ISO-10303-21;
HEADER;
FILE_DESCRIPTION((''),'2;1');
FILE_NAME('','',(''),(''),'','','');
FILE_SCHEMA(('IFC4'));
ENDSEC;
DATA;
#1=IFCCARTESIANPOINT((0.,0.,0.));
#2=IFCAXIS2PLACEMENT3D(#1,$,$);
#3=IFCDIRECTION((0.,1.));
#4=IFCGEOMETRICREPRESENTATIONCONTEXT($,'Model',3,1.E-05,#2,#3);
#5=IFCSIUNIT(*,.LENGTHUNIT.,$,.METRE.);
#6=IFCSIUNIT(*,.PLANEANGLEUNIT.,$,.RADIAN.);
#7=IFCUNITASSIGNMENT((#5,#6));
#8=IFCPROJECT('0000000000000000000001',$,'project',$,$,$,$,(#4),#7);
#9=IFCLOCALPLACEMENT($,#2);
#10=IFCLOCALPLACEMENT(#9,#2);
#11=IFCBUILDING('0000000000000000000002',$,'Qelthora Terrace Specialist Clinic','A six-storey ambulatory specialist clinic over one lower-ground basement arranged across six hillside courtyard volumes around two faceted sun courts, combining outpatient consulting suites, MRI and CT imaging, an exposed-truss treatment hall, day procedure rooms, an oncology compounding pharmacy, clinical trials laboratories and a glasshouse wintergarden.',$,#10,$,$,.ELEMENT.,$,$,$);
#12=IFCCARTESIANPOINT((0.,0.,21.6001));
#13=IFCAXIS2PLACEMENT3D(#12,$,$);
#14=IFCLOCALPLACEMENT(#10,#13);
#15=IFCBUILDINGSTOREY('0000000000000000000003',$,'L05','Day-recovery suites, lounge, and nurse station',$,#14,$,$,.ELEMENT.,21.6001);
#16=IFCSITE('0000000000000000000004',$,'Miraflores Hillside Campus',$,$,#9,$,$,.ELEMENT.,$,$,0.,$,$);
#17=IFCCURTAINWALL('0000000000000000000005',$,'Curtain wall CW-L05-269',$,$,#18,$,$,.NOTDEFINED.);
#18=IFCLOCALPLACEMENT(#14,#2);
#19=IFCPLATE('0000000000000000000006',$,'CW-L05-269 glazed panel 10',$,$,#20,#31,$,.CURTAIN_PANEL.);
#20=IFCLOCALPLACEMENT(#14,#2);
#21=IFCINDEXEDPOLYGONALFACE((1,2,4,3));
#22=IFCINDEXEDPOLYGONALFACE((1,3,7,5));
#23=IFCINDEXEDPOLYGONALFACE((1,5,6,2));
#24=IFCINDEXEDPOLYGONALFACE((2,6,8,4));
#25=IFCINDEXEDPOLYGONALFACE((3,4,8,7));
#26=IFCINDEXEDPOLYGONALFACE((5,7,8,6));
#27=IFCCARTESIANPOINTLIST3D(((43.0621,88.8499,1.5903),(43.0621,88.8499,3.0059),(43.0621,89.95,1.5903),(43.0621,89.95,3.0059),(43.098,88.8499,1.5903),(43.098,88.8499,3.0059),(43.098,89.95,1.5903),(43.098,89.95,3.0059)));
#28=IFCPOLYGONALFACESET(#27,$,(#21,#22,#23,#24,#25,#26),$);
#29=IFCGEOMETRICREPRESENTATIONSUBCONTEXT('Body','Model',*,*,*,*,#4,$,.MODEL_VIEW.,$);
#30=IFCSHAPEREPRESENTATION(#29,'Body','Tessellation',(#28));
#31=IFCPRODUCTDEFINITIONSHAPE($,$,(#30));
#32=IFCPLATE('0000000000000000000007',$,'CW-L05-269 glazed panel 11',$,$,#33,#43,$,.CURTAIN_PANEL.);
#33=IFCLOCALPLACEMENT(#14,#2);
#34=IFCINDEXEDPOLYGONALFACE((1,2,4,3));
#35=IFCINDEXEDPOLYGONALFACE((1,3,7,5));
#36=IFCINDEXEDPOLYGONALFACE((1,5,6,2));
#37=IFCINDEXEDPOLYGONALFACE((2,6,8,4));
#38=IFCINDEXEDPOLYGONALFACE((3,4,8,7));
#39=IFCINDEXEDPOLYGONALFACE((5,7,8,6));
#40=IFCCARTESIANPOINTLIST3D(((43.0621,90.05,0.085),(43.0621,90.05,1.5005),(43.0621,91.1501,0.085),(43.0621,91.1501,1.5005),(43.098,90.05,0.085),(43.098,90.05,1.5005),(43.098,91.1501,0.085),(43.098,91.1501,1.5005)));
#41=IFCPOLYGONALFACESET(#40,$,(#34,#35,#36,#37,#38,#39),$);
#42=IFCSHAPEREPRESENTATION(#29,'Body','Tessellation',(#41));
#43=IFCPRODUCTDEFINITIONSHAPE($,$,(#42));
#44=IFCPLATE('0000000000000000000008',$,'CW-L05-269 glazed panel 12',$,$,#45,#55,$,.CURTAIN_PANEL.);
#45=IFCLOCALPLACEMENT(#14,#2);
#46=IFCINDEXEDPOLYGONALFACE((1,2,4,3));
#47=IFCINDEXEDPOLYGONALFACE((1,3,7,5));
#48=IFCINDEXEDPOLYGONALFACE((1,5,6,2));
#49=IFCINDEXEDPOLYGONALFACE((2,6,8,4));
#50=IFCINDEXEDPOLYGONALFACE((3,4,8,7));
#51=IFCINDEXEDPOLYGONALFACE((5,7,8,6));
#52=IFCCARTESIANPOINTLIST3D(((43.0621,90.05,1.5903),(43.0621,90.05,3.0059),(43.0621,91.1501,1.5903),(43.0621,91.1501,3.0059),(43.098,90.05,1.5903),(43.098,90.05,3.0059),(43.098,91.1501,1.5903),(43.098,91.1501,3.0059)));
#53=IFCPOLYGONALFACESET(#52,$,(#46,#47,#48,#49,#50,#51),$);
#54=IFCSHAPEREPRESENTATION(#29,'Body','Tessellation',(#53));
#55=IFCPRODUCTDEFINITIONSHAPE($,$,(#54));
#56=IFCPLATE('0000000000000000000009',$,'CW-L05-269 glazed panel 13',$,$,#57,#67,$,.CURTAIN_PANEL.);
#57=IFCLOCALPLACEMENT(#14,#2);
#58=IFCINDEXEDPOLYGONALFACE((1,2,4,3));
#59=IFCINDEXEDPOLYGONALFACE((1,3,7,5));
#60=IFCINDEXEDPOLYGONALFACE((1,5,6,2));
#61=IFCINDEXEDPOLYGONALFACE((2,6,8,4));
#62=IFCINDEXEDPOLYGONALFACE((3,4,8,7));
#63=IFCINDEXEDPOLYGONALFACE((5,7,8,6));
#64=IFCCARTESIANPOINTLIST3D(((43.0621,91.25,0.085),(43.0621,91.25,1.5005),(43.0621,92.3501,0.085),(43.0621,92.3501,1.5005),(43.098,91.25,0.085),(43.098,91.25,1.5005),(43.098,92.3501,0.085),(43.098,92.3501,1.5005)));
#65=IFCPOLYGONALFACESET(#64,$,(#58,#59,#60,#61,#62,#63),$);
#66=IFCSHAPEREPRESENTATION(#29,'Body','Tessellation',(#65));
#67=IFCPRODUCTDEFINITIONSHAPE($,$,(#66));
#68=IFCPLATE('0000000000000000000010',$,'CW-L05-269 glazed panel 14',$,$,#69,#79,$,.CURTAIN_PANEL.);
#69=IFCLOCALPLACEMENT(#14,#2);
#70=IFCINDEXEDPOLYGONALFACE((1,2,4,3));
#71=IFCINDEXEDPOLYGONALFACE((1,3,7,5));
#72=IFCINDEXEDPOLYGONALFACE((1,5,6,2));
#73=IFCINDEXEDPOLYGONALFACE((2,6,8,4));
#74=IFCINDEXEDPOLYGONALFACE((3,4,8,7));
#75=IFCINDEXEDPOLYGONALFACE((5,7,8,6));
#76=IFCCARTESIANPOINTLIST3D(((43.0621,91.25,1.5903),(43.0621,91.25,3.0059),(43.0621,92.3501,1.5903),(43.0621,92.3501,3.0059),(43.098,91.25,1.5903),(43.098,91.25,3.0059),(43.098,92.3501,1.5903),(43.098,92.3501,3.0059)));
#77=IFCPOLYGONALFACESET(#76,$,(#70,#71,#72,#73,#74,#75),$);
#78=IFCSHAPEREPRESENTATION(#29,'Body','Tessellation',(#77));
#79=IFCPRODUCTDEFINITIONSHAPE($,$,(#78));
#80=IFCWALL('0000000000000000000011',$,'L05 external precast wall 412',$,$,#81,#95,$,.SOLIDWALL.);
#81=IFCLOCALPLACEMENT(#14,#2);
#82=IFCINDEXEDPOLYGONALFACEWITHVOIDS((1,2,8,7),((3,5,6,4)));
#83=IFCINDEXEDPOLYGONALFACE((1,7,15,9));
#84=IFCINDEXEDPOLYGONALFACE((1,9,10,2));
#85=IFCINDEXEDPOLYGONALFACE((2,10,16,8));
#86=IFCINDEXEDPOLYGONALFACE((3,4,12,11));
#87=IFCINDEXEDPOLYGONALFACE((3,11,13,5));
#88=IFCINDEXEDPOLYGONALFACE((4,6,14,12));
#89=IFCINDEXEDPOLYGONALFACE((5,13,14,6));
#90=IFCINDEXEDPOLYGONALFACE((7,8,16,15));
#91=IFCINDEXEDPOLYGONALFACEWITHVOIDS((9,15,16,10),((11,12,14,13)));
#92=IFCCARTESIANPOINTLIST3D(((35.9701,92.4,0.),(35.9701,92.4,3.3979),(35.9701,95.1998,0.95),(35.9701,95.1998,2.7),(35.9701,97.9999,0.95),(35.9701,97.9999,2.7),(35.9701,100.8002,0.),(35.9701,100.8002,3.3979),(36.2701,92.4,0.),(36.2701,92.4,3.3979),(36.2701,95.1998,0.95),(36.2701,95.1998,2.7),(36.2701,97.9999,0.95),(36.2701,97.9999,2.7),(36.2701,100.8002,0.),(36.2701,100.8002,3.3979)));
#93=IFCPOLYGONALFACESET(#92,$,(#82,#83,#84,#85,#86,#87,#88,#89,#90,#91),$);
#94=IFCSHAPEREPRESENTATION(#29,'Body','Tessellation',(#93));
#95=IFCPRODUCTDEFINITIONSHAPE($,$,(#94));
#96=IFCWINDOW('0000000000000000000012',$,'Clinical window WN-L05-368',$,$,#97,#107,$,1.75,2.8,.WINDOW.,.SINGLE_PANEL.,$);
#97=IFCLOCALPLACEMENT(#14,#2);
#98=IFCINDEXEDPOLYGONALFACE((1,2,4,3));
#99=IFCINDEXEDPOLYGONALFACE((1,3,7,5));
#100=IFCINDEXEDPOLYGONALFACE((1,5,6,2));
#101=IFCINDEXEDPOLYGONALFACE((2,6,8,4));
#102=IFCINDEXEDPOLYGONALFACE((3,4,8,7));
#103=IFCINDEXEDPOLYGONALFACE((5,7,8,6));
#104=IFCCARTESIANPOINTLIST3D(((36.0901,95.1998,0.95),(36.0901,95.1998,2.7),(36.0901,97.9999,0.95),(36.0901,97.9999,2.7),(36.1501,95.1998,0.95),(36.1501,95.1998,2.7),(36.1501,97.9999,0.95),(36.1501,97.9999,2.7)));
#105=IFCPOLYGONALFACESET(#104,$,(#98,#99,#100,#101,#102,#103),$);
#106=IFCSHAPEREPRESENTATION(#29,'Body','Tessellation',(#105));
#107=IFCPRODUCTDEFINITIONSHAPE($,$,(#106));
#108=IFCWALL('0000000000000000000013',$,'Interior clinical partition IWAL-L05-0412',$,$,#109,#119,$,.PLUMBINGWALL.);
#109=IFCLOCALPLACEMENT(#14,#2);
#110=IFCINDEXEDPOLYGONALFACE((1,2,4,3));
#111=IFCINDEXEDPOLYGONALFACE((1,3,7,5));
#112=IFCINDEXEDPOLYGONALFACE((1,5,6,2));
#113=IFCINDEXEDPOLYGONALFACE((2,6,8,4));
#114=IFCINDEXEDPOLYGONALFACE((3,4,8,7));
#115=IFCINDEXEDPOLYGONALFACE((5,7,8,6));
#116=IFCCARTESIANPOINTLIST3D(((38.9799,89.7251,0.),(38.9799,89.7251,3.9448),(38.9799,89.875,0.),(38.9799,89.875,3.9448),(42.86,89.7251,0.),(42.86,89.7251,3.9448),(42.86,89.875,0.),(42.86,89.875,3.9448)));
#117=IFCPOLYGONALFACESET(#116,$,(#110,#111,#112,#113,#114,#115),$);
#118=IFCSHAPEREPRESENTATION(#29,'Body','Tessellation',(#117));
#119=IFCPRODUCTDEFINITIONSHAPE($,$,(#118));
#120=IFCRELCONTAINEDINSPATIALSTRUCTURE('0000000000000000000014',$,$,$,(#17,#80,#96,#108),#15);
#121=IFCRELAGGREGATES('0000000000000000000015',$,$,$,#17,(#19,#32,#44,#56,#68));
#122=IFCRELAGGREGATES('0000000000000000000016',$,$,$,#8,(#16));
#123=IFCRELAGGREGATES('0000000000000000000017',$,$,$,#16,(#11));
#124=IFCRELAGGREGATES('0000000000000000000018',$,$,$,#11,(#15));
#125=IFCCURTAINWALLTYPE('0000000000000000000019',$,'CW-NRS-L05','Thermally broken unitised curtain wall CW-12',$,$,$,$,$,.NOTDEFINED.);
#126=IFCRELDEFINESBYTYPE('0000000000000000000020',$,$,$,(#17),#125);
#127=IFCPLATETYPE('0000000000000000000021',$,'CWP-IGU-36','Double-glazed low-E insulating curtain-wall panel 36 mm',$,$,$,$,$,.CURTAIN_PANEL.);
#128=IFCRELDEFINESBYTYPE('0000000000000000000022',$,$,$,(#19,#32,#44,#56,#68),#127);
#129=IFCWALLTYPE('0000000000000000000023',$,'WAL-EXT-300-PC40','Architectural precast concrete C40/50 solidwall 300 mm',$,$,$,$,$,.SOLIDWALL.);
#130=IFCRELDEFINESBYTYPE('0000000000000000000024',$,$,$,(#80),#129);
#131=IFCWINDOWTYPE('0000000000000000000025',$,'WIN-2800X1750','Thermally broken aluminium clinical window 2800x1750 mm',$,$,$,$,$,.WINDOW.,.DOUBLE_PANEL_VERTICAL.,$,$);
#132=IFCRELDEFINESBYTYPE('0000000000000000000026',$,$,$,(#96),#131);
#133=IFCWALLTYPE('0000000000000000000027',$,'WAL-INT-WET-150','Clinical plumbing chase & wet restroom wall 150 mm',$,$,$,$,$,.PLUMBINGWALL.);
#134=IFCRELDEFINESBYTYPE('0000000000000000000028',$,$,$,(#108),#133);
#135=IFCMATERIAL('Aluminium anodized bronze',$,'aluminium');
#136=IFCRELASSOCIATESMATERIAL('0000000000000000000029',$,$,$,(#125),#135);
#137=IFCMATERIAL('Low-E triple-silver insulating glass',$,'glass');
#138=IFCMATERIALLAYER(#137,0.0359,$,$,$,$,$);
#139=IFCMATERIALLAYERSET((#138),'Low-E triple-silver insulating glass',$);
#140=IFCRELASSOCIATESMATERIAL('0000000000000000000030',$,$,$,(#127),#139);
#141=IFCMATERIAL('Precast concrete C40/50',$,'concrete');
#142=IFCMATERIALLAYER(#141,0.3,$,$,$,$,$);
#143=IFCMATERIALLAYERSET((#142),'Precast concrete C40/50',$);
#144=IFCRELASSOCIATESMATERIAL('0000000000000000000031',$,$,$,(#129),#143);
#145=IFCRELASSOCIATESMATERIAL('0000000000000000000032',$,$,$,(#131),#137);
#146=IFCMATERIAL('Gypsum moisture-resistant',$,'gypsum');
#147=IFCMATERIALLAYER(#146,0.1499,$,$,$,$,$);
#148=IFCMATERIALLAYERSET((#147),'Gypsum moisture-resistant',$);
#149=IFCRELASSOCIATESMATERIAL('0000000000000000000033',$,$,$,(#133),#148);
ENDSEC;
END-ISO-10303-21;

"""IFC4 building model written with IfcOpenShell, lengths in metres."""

from ifc_helpers import new_model, si_unit, direction, frame, frame_2d, origin, origin_2d, place, context, subcontext, project, spatial, rectangle, extrude, material, layer, layer_set, type_object, element, fill, aggregate, save


model = new_model("IFC4")

# Units and contexts
model_context = context("Model", 3, precision=1e-05, world=origin(), true_north=direction((0.0, 1.0)))
body_context = subcontext(model_context, "Body", "Model", "MODEL_VIEW")
ifc_project = project(units=[si_unit("LENGTHUNIT", "METRE"), si_unit("PLANEANGLEUNIT", "RADIAN")], contexts=[model_context])

# Site, building, storey
site_placement = place(None, origin())
site = spatial("IfcSite", under=ifc_project, at=site_placement, Name="Miraflores Hillside Campus", CompositionType="ELEMENT", RefElevation=0.0)
building_placement = place(site_placement, origin())
building = spatial("IfcBuilding", under=site, at=building_placement, Name="Qelthora Terrace Specialist Clinic", Description="A six-storey ambulatory specialist clinic over one lower-ground basement arranged across six hillside courtyard volumes around two faceted sun courts, combining outpatient consulting suites, MRI and CT imaging, an exposed-truss treatment hall, day procedure rooms, an oncology compounding pharmacy, clinical trials laboratories and a glasshouse wintergarden.", CompositionType="ELEMENT")
storey_placement = place(building_placement, frame((0.0, 0.0, 21.6001)))
storey = spatial("IfcBuildingStorey", under=building, at=storey_placement, Name="L05", Description="Day-recovery suites, lounge, and nurse station", CompositionType="ELEMENT", Elevation=21.6001)

# Curtain wall
ifc_material_1 = material(Name="Aluminium anodized bronze", Category="aluminium")
curtain_wall_type = type_object("IfcCurtainWallType", Name="CW-NRS-L05", Description="Thermally broken unitised curtain wall CW-12", PredefinedType="NOTDEFINED", material=ifc_material_1)
curtain_wall_1_placement = place(storey_placement, origin())
curtain_wall_1 = element("IfcCurtainWall", 1, at=curtain_wall_1_placement, inside=storey, type_object=curtain_wall_type, Name="Curtain wall CW-L05-269", PredefinedType="NOTDEFINED")

# Plates
ifc_material_2 = material(Name="Low-E triple-silver insulating glass", Category="glass")
ifc_layer_1 = layer(ifc_material_2, 0.0359)
ifc_layer_set_1 = layer_set([ifc_layer_1], Name="Low-E triple-silver insulating glass")
plate_type = type_object("IfcPlateType", Name="CWP-IGU-36", Description="Double-glazed low-E insulating curtain-wall panel 36 mm", PredefinedType="CURTAIN_PANEL", material=ifc_layer_set_1)
plate_1_placement = place(storey_placement, frame((43.0801, 89.3999, 1.5903), z_axis=(0.0, 0.0, 1.0), x_axis=(0.0, 1.0, 0.0)))
plate_1 = element("IfcPlate", 2, at=plate_1_placement, type_object=plate_type, Name="CW-L05-269 glazed panel 10", PredefinedType="CURTAIN_PANEL", context=body_context, shape_type="SweptSolid", body=[
    extrude(rectangle(XDim=1.1001, YDim=0.0359, at=origin_2d()), origin(), (0.0, 0.0, 1.0), 1.4155),
])
plate_2_placement = place(storey_placement, frame((43.0801, 90.6001, 0.085), z_axis=(0.0, 0.0, 1.0), x_axis=(0.0, 1.0, 0.0)))
plate_2 = element("IfcPlate", 3, at=plate_2_placement, type_object=plate_type, Name="CW-L05-269 glazed panel 11", PredefinedType="CURTAIN_PANEL", context=body_context, shape_type="SweptSolid", body=[
    extrude(rectangle(XDim=1.1001, YDim=0.0359, at=origin_2d()), origin(), (0.0, 0.0, 1.0), 1.4155),
])
plate_3_placement = place(storey_placement, frame((43.0801, 90.6001, 1.5903), z_axis=(0.0, 0.0, 1.0), x_axis=(0.0, 1.0, 0.0)))
plate_3 = element("IfcPlate", 4, at=plate_3_placement, type_object=plate_type, Name="CW-L05-269 glazed panel 12", PredefinedType="CURTAIN_PANEL", context=body_context, shape_type="SweptSolid", body=[
    extrude(rectangle(XDim=1.1001, YDim=0.0359, at=origin_2d()), origin(), (0.0, 0.0, 1.0), 1.4155),
])
plate_4_placement = place(storey_placement, frame((43.0801, 91.8, 0.085), z_axis=(0.0, 0.0, 1.0), x_axis=(0.0, 1.0, 0.0)))
plate_4 = element("IfcPlate", 5, at=plate_4_placement, type_object=plate_type, Name="CW-L05-269 glazed panel 13", PredefinedType="CURTAIN_PANEL", context=body_context, shape_type="SweptSolid", body=[
    extrude(rectangle(XDim=1.1001, YDim=0.0359, at=origin_2d()), origin(), (0.0, 0.0, 1.0), 1.4155),
])
plate_5_placement = place(storey_placement, frame((43.0801, 91.8, 1.5903), z_axis=(0.0, 0.0, 1.0), x_axis=(0.0, 1.0, 0.0)))
plate_5 = element("IfcPlate", 6, at=plate_5_placement, type_object=plate_type, Name="CW-L05-269 glazed panel 14", PredefinedType="CURTAIN_PANEL", context=body_context, shape_type="SweptSolid", body=[
    extrude(rectangle(XDim=1.1001, YDim=0.0359, at=origin_2d()), origin(), (0.0, 0.0, 1.0), 1.4155),
])
aggregate(curtain_wall_1, [plate_1, plate_2, plate_3, plate_4, plate_5])

# Wall, opening, window
ifc_material_3 = material(Name="Precast concrete C40/50", Category="concrete")
ifc_layer_2 = layer(ifc_material_3, 0.3)
ifc_layer_set_2 = layer_set([ifc_layer_2], Name="Precast concrete C40/50")
wall_type_1 = type_object("IfcWallType", Name="WAL-EXT-300-PC40", Description="Architectural precast concrete C40/50 solidwall 300 mm", PredefinedType="SOLIDWALL", material=ifc_layer_set_2)
wall_1_placement = place(storey_placement, frame((36.1201, 92.3999, 0.0), z_axis=(0.0, 0.0, 1.0), x_axis=(0.0, 1.0, 0.0)))
wall_1 = element("IfcWall", 7, at=wall_1_placement, inside=storey, type_object=wall_type_1, Name="L05 external precast wall 412", PredefinedType="SOLIDWALL", context=body_context, shape_type="SweptSolid", body=[
    extrude(rectangle(XDim=8.4001, YDim=0.3, at=frame_2d((4.2002, 0.0))), origin(), (0.0, 0.0, 1.0), 3.3979),
])
opening_placement = place(wall_1_placement, frame((2.8, 0.0, 0.95)))
opening = element("IfcOpeningElement", 8, at=opening_placement, cuts=wall_1, PredefinedType="OPENING", context=body_context, shape_type="SweptSolid", body=[
    extrude(rectangle(XDim=2.8, YDim=1.75, at=frame_2d((1.3999, 0.875))), frame((0.0, 0.1599, 0.0), z_axis=(0.0, -1.0, 0.0), x_axis=(1.0, 0.0, 0.0)), (0.0, 0.0, 1.0), 0.3201),
])
window_type = type_object("IfcWindowType", Name="WIN-2800X1750", Description="Thermally broken aluminium clinical window 2800x1750 mm", PartitioningType="DOUBLE_PANEL_VERTICAL", PredefinedType="WINDOW", material=ifc_material_2)
window_placement = place(opening_placement, origin())
window = element("IfcWindow", 9, at=window_placement, inside=storey, type_object=window_type, Name="Clinical window WN-L05-368", OverallHeight=1.75, OverallWidth=2.8, PartitioningType="SINGLE_PANEL", PredefinedType="WINDOW", context=body_context, shape_type="SweptSolid", body=[
    extrude(rectangle(XDim=2.8, YDim=1.75, at=frame_2d((1.3999, 0.875))), frame((0.0, 0.03, 0.0), z_axis=(0.0, -1.0, 0.0), x_axis=(1.0, 0.0, 0.0)), (0.0, 0.0, 1.0), 0.0601),
])
fill(opening, window)

# Wall
ifc_material_4 = material(Name="Gypsum moisture-resistant", Category="gypsum")
ifc_layer_3 = layer(ifc_material_4, 0.1499)
ifc_layer_set_3 = layer_set([ifc_layer_3], Name="Gypsum moisture-resistant")
wall_type_2 = type_object("IfcWallType", Name="WAL-INT-WET-150", Description="Clinical plumbing chase & wet restroom wall 150 mm", PredefinedType="PLUMBINGWALL", material=ifc_layer_set_3)
wall_2_placement = place(storey_placement, frame((38.98, 89.8, 0.0), z_axis=(0.0, 0.0, 1.0), x_axis=(1.0, 0.0, 0.0)))
element("IfcWall", 10, at=wall_2_placement, inside=storey, type_object=wall_type_2, Name="Interior clinical partition IWAL-L05-0412", PredefinedType="PLUMBINGWALL", context=body_context, shape_type="SweptSolid", body=[
    extrude(rectangle(XDim=3.8801, YDim=0.1499, at=frame_2d((1.9399, 0.0))), origin(), (0.0, 0.0, 1.0), 3.9448),
])

save(model, "model.ifc")
